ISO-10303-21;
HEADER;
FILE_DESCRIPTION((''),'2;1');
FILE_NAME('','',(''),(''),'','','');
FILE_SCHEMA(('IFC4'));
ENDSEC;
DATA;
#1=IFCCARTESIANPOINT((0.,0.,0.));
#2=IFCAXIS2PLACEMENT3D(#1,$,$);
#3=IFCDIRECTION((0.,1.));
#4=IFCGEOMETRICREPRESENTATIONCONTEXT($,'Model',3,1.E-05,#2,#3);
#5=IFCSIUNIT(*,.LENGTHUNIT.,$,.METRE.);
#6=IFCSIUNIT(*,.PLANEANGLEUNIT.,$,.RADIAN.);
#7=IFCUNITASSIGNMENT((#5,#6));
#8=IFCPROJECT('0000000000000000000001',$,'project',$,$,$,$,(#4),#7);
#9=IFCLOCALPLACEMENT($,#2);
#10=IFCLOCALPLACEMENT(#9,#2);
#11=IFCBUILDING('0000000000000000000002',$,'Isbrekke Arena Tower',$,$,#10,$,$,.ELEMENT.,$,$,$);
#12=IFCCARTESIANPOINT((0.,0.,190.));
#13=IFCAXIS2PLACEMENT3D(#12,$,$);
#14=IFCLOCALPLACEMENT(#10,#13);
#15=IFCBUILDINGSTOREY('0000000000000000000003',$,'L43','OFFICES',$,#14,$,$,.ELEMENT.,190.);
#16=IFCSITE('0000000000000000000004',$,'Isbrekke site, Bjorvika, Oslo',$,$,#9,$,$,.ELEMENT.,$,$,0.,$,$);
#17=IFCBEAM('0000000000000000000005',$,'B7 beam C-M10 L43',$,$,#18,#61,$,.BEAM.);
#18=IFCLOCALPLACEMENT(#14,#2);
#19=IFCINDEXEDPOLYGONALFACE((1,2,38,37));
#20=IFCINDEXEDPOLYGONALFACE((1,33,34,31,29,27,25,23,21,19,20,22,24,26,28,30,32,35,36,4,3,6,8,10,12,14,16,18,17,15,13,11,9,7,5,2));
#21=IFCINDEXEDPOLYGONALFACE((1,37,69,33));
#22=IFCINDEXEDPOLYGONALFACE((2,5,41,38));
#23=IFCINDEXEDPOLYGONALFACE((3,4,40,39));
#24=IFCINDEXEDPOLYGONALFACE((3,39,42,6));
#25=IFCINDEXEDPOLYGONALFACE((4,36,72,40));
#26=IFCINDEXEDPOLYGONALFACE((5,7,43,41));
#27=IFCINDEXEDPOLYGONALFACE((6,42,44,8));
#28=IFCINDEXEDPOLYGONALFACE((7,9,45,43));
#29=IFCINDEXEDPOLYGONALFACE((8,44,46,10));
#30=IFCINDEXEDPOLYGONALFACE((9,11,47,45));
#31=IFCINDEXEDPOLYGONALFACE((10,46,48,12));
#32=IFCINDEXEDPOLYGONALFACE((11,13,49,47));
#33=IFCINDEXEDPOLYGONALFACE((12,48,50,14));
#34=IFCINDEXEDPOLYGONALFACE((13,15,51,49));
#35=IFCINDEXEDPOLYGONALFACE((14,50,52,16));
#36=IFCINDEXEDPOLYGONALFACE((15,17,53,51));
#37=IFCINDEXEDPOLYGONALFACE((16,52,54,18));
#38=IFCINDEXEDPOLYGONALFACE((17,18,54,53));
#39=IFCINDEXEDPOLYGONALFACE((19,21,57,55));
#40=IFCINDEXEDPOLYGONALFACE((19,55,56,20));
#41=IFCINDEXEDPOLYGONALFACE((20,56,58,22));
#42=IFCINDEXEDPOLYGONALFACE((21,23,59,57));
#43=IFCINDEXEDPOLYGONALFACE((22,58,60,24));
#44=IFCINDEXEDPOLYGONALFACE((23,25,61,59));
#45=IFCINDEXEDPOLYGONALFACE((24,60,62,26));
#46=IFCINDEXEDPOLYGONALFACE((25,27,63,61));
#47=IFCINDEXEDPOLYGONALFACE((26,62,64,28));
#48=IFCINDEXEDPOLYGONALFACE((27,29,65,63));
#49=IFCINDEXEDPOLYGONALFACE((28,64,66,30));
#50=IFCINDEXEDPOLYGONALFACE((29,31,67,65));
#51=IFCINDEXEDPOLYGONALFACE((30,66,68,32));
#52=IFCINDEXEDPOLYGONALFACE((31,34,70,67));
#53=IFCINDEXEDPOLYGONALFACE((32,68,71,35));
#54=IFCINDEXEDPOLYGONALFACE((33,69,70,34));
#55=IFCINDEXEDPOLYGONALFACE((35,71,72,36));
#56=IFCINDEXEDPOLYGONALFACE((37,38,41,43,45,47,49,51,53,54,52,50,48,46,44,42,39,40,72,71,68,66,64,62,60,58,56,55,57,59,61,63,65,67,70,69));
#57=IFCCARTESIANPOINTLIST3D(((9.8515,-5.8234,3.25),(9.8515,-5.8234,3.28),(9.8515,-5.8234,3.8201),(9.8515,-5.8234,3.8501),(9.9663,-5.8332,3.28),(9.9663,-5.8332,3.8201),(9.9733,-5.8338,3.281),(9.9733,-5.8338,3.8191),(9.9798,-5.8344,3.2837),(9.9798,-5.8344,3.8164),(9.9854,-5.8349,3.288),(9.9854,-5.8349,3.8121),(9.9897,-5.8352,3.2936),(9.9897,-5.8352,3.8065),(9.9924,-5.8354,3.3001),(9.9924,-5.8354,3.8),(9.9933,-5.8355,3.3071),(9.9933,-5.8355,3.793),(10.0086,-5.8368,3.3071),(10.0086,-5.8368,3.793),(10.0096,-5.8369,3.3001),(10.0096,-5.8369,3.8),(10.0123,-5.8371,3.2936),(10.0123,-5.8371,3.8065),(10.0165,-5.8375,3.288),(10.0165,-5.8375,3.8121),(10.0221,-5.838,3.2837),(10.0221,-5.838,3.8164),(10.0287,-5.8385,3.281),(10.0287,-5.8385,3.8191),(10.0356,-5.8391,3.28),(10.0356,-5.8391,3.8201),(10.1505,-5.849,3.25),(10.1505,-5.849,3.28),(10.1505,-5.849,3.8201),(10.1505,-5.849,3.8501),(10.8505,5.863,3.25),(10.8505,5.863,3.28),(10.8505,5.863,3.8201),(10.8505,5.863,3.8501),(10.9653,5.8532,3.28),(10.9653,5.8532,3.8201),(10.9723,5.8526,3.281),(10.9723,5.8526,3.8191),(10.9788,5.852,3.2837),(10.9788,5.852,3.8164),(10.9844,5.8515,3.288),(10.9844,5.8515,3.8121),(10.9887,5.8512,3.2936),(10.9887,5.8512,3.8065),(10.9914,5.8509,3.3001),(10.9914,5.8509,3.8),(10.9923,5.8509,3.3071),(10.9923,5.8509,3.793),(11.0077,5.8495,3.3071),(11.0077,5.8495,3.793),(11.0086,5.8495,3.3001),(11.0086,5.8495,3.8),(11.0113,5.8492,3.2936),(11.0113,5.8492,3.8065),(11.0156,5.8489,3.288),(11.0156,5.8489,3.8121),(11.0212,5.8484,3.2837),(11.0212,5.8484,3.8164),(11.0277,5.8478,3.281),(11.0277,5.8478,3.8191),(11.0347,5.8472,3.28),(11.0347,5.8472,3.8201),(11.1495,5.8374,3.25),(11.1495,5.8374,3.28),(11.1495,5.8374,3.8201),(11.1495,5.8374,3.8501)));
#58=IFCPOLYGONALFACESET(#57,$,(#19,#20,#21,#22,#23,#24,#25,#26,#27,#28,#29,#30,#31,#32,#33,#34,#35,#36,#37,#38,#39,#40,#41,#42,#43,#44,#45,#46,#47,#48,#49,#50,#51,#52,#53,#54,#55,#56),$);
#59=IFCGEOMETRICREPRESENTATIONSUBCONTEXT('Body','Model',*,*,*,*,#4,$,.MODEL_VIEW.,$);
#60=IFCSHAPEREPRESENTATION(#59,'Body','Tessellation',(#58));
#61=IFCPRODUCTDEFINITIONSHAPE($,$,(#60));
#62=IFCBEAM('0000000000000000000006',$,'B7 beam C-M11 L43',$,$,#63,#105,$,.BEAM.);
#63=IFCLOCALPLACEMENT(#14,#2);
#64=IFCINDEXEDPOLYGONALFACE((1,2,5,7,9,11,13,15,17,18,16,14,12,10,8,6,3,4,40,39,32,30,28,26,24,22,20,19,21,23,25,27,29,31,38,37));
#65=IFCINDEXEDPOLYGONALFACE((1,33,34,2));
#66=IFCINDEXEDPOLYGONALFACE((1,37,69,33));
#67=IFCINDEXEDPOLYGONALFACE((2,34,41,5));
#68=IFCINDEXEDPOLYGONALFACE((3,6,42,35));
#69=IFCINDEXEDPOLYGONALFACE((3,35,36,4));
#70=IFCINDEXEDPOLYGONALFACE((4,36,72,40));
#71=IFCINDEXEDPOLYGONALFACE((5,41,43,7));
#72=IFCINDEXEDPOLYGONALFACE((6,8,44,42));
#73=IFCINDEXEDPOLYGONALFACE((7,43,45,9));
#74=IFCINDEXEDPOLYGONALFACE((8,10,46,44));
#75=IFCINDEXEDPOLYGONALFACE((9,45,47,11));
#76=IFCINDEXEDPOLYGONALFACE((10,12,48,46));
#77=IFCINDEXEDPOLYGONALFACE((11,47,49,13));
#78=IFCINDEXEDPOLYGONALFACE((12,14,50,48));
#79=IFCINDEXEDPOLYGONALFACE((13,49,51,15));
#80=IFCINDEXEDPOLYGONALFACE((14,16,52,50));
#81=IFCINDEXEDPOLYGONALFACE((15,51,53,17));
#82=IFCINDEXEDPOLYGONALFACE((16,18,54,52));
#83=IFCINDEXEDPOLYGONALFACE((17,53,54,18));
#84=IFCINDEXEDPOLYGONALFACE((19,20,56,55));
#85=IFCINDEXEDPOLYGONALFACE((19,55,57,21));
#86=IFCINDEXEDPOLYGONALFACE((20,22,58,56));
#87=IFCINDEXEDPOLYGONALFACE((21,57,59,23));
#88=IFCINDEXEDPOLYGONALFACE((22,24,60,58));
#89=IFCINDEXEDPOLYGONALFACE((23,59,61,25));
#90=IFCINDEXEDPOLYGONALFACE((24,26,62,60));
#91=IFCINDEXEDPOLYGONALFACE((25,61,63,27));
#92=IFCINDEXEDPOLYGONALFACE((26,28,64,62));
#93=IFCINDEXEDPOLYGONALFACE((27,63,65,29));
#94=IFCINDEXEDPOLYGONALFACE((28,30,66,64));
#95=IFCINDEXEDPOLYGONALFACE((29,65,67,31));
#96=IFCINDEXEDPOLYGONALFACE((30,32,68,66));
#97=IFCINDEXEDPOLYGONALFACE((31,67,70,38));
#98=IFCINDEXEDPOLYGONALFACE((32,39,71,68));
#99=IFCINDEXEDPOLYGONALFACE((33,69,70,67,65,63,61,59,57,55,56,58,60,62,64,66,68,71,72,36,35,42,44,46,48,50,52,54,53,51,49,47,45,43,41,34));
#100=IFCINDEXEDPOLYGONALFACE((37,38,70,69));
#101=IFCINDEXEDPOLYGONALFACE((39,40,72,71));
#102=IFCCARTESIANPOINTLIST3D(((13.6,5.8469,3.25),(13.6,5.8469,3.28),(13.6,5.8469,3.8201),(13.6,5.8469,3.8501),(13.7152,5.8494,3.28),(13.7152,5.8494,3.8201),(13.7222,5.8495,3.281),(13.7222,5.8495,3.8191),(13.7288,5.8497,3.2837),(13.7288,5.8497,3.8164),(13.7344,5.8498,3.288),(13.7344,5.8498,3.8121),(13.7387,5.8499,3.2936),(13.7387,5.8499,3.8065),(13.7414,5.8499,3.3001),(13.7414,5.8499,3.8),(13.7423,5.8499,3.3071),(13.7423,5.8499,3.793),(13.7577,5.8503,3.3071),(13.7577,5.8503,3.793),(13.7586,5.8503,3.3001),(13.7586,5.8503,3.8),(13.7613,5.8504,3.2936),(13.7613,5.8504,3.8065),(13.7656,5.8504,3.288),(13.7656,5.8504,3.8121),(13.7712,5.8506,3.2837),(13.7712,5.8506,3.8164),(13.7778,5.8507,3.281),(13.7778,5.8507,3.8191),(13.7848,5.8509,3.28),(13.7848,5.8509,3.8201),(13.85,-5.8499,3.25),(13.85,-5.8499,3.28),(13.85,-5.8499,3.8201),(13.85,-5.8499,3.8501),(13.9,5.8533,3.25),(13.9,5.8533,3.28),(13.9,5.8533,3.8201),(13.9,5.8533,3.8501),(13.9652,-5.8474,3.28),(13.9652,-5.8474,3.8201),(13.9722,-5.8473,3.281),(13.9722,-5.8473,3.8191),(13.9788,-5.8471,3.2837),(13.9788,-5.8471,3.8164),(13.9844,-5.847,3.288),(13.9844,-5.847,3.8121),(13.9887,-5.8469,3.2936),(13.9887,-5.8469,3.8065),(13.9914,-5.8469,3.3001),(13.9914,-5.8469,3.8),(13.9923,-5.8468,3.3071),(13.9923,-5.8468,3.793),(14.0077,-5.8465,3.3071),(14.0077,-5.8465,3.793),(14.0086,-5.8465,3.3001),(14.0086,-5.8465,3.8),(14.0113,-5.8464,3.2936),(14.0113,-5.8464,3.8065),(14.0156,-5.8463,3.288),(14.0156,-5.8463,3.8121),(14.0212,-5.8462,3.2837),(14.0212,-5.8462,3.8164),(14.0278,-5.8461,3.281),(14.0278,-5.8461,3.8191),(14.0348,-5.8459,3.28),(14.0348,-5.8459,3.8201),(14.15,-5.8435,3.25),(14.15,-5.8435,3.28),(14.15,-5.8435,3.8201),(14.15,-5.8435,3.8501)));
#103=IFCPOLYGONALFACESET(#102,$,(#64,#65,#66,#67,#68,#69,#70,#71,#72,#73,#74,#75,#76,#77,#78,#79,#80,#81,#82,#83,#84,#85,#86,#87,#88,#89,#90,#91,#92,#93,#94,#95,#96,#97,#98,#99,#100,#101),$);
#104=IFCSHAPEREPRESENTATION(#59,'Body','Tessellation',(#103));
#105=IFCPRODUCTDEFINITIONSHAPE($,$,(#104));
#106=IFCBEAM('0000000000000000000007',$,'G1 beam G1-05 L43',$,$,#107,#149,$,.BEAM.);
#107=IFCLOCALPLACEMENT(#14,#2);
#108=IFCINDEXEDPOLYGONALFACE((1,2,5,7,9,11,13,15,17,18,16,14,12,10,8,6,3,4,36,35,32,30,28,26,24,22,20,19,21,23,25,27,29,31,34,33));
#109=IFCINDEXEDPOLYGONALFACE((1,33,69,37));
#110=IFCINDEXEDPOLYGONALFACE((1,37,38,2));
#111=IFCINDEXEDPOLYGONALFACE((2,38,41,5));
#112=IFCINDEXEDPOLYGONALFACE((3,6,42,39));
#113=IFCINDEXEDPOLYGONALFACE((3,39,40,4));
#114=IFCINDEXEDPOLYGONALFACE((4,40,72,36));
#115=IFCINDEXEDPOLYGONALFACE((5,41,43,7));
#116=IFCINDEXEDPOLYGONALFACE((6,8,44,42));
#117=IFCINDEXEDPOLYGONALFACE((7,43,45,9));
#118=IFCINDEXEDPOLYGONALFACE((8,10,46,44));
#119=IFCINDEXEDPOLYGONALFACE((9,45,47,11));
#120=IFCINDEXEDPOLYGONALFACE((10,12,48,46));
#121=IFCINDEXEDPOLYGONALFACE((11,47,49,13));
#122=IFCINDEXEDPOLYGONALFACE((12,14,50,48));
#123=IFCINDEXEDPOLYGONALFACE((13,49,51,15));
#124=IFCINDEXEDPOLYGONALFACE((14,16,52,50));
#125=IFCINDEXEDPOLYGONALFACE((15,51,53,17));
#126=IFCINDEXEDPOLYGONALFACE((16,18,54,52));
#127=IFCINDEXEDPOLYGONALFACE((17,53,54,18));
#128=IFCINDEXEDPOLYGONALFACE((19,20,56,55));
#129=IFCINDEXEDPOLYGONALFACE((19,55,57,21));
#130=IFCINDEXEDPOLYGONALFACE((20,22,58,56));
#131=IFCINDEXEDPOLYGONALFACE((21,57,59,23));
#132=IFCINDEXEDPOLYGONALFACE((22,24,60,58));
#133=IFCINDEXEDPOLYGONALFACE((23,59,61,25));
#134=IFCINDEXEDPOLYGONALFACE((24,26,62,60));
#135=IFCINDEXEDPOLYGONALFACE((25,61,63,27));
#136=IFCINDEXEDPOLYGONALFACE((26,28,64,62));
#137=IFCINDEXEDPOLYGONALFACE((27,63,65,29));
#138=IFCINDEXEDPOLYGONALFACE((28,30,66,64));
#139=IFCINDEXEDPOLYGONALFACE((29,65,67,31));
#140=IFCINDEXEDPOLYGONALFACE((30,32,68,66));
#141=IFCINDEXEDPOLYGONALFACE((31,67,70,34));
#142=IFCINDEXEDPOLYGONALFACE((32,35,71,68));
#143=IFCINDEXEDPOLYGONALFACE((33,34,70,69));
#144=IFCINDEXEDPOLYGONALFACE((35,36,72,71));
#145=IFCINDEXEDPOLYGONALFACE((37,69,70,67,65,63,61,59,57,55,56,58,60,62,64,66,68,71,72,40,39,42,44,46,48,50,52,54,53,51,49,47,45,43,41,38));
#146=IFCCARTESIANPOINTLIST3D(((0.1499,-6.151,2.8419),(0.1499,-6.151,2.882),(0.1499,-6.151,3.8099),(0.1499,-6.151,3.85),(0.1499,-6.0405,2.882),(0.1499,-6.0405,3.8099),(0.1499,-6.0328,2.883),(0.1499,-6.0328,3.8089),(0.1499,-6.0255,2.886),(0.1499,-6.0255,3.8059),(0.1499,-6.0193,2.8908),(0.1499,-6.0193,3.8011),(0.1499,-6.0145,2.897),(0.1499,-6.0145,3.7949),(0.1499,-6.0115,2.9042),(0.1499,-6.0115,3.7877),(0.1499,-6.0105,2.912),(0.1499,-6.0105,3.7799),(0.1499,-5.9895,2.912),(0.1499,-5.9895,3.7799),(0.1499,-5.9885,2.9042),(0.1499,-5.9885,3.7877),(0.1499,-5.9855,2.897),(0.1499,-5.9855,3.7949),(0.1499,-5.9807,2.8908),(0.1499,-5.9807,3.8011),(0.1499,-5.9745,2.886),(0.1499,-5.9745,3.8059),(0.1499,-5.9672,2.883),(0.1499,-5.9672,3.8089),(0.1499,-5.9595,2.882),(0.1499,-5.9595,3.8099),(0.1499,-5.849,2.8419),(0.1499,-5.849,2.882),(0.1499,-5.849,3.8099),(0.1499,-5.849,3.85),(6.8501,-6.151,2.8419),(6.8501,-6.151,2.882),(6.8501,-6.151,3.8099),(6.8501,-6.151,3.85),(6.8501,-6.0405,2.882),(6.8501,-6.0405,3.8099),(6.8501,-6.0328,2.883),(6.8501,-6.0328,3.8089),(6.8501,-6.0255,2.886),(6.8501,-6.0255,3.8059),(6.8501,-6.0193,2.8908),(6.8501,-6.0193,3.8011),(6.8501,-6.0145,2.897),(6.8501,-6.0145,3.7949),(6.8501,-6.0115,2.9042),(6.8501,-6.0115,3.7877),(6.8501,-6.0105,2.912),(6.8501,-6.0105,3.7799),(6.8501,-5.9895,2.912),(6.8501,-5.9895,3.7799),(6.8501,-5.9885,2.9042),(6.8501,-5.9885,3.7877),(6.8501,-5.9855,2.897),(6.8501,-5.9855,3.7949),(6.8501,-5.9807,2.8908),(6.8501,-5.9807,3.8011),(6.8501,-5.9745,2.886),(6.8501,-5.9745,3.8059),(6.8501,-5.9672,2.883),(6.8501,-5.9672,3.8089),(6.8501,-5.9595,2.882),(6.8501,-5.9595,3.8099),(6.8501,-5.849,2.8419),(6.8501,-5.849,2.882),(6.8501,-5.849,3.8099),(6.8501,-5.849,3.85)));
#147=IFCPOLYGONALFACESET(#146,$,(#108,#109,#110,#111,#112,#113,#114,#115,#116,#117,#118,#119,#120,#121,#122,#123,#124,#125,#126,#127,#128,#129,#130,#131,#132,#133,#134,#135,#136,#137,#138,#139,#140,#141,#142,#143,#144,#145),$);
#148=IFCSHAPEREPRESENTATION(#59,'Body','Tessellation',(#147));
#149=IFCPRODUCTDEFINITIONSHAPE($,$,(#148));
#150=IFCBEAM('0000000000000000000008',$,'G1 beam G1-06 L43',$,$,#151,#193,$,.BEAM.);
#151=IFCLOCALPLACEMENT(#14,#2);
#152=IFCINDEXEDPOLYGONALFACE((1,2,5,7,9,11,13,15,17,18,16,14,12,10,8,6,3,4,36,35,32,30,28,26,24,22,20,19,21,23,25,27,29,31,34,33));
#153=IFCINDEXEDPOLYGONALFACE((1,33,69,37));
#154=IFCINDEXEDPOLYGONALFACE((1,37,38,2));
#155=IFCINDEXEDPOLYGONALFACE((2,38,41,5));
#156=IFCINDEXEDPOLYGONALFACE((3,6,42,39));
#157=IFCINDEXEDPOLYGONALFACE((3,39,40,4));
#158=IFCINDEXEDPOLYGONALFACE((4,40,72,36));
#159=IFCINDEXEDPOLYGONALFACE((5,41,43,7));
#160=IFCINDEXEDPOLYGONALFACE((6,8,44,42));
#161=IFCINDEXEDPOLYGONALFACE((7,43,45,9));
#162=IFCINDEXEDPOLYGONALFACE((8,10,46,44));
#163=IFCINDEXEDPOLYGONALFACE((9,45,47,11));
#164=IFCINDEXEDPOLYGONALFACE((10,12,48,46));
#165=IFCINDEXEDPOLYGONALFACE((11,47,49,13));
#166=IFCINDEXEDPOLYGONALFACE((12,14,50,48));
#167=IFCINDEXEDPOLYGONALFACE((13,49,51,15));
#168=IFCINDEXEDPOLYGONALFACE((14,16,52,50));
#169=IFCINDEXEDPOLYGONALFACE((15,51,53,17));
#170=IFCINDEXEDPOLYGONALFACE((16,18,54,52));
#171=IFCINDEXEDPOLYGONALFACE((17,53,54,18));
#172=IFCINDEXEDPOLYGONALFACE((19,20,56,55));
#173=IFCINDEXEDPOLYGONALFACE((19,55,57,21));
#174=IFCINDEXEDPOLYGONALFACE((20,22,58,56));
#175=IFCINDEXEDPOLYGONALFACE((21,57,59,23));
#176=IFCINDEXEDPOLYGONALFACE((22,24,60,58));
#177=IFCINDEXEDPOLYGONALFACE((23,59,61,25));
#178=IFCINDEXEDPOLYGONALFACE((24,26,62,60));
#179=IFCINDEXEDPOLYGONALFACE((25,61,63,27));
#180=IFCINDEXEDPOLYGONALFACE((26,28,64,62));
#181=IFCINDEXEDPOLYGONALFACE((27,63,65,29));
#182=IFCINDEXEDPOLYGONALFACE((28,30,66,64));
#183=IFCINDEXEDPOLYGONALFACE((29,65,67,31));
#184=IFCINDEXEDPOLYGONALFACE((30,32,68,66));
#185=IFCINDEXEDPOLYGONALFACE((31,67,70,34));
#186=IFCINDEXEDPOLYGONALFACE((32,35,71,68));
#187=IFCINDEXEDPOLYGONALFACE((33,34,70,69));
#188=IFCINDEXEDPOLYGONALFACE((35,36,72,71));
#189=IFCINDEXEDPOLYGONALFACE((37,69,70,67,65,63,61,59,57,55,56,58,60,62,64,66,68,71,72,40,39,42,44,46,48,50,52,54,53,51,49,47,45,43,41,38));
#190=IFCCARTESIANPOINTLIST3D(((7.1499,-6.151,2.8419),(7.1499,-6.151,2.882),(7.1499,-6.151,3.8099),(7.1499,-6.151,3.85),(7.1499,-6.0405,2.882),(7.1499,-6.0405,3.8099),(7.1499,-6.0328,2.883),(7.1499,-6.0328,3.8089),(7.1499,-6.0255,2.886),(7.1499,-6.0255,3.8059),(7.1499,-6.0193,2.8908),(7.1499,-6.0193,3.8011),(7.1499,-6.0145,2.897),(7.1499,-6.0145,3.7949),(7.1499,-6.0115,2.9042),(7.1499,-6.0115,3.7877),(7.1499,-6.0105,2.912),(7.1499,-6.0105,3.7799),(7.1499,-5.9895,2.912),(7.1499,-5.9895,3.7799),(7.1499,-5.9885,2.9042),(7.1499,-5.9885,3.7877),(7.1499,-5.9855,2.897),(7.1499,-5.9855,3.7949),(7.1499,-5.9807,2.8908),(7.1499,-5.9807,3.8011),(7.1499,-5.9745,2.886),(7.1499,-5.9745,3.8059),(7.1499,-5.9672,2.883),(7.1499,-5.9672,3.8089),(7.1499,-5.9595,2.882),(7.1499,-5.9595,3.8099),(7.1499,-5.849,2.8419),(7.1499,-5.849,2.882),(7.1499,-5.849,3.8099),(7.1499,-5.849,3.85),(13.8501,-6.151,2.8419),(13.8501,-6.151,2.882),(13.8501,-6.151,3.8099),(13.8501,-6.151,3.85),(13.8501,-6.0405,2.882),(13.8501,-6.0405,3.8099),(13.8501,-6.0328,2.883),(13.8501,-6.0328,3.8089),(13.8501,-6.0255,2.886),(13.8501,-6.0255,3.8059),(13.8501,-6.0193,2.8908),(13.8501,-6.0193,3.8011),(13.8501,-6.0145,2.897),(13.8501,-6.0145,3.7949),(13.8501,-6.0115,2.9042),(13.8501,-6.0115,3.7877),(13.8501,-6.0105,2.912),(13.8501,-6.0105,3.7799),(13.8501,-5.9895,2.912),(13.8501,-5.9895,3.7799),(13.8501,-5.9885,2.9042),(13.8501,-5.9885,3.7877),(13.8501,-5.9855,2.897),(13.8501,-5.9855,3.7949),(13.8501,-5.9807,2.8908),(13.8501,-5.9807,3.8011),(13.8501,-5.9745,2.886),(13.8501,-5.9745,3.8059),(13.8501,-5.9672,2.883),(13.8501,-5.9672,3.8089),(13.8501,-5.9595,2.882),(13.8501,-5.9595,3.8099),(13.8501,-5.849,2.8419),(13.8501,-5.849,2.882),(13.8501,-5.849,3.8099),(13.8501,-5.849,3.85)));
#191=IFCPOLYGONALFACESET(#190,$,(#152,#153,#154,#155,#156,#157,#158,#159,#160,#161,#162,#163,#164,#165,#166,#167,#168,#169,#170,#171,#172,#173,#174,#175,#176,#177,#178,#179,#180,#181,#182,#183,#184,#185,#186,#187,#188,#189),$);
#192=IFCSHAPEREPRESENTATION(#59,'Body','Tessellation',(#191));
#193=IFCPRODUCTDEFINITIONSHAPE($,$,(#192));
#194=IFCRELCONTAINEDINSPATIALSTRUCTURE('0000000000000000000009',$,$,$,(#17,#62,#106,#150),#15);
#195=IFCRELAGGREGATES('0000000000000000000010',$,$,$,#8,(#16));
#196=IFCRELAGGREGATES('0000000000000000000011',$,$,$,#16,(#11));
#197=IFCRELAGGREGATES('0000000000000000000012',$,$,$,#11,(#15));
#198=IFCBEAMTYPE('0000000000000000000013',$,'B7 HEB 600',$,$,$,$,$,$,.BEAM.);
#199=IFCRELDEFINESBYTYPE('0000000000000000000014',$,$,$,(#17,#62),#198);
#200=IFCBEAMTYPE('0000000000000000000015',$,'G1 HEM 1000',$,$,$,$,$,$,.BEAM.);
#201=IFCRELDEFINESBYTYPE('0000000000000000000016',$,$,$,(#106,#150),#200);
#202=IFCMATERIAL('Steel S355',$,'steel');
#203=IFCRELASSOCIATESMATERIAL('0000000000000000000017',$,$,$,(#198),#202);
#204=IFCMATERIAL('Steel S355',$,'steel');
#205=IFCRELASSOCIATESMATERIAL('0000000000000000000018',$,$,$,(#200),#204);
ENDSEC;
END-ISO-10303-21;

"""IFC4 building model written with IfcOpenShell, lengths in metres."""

from ifc_helpers import new_model, si_unit, direction, frame, origin, origin_2d, place, context, subcontext, project, spatial, i_section, extrude, material, material_profile, profile_set, type_object, element, save


model = new_model("IFC4")

# Units and contexts
model_context = context("Model", 3, precision=1e-05, world=origin(), true_north=direction((0.0, 1.0)))
body_context = subcontext(model_context, "Body", "Model", "MODEL_VIEW")
ifc_project = project(units=[si_unit("LENGTHUNIT", "METRE"), si_unit("PLANEANGLEUNIT", "RADIAN")], contexts=[model_context])

# Site, building, storey
site_placement = place(None, origin())
site = spatial("IfcSite", under=ifc_project, at=site_placement, Name="Isbrekke site, Bjorvika, Oslo", CompositionType="ELEMENT", RefElevation=0.0)
building_placement = place(site_placement, origin())
building = spatial("IfcBuilding", under=site, at=building_placement, Name="Isbrekke Arena Tower", CompositionType="ELEMENT")
storey_placement = place(building_placement, frame((0.0, 0.0, 190.0)))
storey = spatial("IfcBuildingStorey", under=building, at=storey_placement, Name="L43", Description="OFFICES", CompositionType="ELEMENT", Elevation=190.0)

# Beams
ifc_material_1 = material(Name="Steel S355", Category="steel")
ifc_material_profile_1 = material_profile(ifc_material_1, i_section(OverallWidth=0.3, OverallDepth=0.6001, WebThickness=0.0154, FlangeThickness=0.03, FilletRadius=0.0271, at=origin_2d()), Name="HEB 600")
ifc_profile_set_1 = profile_set([ifc_material_profile_1], Name="Steel S355")
beam_type_1 = type_object("IfcBeamType", Name="B7 HEB 600", PredefinedType="BEAM", material=ifc_profile_set_1)
beam_1_placement = place(storey_placement, frame((10.001, -5.8362, 3.55), z_axis=(0.085176, 0.996366, 0.0), x_axis=(-0.996366, 0.085176, 0.0)))
element("IfcBeam", 1, at=beam_1_placement, inside=storey, type_object=beam_type_1, Name="B7 beam C-M10 L43", PredefinedType="BEAM", context=body_context, shape_type="SweptSolid", body=[
    extrude(i_section(OverallWidth=0.3, OverallDepth=0.6001, WebThickness=0.0154, FlangeThickness=0.03, FilletRadius=0.0271, at=origin_2d()), origin(), (0.0, 0.0, 1.0), 11.729),
])
beam_2_placement = place(storey_placement, frame((14.0, -5.8467, 3.55), z_axis=(-0.021369, 0.999772, 0.0), x_axis=(-0.999772, -0.021369, 0.0)))
element("IfcBeam", 2, at=beam_2_placement, inside=storey, type_object=beam_type_1, Name="B7 beam C-M11 L43", PredefinedType="BEAM", context=body_context, shape_type="SweptSolid", body=[
    extrude(i_section(OverallWidth=0.3, OverallDepth=0.6001, WebThickness=0.0154, FlangeThickness=0.03, FilletRadius=0.0271, at=origin_2d()), origin(), (0.0, 0.0, 1.0), 11.6995),
])
ifc_material_2 = material(Name="Steel S355", Category="steel")
ifc_material_profile_2 = material_profile(ifc_material_2, i_section(OverallWidth=0.302, OverallDepth=1.0081, WebThickness=0.021, FlangeThickness=0.04, FilletRadius=0.03, at=origin_2d()), Name="HEM 1000")
ifc_profile_set_2 = profile_set([ifc_material_profile_2], Name="Steel S355")
beam_type_2 = type_object("IfcBeamType", Name="G1 HEM 1000", PredefinedType="BEAM", material=ifc_profile_set_2)
for number, where, z_axis, x_axis, name in (
    (3, (0.1499, -6.0, 3.3459), (1.0, 0.0, 0.0), (0.0, 1.0, 0.0), "G1 beam G1-05 L43"),
    (4, (7.1499, -6.0, 3.3459), (1.0, 0.0, 0.0), (0.0, 1.0, 0.0), "G1 beam G1-06 L43"),
):
    element("IfcBeam", number, at=place(storey_placement, frame(where, z_axis=z_axis, x_axis=x_axis)), inside=storey, type_object=beam_type_2, Name=name, PredefinedType="BEAM", context=body_context, shape_type="SweptSolid", body=[
        extrude(i_section(OverallWidth=0.302, OverallDepth=1.0081, WebThickness=0.021, FlangeThickness=0.04, FilletRadius=0.03, at=origin_2d()), origin(), (0.0, 0.0, 1.0), 6.7002),
    ])

save(model, "model.ifc")
